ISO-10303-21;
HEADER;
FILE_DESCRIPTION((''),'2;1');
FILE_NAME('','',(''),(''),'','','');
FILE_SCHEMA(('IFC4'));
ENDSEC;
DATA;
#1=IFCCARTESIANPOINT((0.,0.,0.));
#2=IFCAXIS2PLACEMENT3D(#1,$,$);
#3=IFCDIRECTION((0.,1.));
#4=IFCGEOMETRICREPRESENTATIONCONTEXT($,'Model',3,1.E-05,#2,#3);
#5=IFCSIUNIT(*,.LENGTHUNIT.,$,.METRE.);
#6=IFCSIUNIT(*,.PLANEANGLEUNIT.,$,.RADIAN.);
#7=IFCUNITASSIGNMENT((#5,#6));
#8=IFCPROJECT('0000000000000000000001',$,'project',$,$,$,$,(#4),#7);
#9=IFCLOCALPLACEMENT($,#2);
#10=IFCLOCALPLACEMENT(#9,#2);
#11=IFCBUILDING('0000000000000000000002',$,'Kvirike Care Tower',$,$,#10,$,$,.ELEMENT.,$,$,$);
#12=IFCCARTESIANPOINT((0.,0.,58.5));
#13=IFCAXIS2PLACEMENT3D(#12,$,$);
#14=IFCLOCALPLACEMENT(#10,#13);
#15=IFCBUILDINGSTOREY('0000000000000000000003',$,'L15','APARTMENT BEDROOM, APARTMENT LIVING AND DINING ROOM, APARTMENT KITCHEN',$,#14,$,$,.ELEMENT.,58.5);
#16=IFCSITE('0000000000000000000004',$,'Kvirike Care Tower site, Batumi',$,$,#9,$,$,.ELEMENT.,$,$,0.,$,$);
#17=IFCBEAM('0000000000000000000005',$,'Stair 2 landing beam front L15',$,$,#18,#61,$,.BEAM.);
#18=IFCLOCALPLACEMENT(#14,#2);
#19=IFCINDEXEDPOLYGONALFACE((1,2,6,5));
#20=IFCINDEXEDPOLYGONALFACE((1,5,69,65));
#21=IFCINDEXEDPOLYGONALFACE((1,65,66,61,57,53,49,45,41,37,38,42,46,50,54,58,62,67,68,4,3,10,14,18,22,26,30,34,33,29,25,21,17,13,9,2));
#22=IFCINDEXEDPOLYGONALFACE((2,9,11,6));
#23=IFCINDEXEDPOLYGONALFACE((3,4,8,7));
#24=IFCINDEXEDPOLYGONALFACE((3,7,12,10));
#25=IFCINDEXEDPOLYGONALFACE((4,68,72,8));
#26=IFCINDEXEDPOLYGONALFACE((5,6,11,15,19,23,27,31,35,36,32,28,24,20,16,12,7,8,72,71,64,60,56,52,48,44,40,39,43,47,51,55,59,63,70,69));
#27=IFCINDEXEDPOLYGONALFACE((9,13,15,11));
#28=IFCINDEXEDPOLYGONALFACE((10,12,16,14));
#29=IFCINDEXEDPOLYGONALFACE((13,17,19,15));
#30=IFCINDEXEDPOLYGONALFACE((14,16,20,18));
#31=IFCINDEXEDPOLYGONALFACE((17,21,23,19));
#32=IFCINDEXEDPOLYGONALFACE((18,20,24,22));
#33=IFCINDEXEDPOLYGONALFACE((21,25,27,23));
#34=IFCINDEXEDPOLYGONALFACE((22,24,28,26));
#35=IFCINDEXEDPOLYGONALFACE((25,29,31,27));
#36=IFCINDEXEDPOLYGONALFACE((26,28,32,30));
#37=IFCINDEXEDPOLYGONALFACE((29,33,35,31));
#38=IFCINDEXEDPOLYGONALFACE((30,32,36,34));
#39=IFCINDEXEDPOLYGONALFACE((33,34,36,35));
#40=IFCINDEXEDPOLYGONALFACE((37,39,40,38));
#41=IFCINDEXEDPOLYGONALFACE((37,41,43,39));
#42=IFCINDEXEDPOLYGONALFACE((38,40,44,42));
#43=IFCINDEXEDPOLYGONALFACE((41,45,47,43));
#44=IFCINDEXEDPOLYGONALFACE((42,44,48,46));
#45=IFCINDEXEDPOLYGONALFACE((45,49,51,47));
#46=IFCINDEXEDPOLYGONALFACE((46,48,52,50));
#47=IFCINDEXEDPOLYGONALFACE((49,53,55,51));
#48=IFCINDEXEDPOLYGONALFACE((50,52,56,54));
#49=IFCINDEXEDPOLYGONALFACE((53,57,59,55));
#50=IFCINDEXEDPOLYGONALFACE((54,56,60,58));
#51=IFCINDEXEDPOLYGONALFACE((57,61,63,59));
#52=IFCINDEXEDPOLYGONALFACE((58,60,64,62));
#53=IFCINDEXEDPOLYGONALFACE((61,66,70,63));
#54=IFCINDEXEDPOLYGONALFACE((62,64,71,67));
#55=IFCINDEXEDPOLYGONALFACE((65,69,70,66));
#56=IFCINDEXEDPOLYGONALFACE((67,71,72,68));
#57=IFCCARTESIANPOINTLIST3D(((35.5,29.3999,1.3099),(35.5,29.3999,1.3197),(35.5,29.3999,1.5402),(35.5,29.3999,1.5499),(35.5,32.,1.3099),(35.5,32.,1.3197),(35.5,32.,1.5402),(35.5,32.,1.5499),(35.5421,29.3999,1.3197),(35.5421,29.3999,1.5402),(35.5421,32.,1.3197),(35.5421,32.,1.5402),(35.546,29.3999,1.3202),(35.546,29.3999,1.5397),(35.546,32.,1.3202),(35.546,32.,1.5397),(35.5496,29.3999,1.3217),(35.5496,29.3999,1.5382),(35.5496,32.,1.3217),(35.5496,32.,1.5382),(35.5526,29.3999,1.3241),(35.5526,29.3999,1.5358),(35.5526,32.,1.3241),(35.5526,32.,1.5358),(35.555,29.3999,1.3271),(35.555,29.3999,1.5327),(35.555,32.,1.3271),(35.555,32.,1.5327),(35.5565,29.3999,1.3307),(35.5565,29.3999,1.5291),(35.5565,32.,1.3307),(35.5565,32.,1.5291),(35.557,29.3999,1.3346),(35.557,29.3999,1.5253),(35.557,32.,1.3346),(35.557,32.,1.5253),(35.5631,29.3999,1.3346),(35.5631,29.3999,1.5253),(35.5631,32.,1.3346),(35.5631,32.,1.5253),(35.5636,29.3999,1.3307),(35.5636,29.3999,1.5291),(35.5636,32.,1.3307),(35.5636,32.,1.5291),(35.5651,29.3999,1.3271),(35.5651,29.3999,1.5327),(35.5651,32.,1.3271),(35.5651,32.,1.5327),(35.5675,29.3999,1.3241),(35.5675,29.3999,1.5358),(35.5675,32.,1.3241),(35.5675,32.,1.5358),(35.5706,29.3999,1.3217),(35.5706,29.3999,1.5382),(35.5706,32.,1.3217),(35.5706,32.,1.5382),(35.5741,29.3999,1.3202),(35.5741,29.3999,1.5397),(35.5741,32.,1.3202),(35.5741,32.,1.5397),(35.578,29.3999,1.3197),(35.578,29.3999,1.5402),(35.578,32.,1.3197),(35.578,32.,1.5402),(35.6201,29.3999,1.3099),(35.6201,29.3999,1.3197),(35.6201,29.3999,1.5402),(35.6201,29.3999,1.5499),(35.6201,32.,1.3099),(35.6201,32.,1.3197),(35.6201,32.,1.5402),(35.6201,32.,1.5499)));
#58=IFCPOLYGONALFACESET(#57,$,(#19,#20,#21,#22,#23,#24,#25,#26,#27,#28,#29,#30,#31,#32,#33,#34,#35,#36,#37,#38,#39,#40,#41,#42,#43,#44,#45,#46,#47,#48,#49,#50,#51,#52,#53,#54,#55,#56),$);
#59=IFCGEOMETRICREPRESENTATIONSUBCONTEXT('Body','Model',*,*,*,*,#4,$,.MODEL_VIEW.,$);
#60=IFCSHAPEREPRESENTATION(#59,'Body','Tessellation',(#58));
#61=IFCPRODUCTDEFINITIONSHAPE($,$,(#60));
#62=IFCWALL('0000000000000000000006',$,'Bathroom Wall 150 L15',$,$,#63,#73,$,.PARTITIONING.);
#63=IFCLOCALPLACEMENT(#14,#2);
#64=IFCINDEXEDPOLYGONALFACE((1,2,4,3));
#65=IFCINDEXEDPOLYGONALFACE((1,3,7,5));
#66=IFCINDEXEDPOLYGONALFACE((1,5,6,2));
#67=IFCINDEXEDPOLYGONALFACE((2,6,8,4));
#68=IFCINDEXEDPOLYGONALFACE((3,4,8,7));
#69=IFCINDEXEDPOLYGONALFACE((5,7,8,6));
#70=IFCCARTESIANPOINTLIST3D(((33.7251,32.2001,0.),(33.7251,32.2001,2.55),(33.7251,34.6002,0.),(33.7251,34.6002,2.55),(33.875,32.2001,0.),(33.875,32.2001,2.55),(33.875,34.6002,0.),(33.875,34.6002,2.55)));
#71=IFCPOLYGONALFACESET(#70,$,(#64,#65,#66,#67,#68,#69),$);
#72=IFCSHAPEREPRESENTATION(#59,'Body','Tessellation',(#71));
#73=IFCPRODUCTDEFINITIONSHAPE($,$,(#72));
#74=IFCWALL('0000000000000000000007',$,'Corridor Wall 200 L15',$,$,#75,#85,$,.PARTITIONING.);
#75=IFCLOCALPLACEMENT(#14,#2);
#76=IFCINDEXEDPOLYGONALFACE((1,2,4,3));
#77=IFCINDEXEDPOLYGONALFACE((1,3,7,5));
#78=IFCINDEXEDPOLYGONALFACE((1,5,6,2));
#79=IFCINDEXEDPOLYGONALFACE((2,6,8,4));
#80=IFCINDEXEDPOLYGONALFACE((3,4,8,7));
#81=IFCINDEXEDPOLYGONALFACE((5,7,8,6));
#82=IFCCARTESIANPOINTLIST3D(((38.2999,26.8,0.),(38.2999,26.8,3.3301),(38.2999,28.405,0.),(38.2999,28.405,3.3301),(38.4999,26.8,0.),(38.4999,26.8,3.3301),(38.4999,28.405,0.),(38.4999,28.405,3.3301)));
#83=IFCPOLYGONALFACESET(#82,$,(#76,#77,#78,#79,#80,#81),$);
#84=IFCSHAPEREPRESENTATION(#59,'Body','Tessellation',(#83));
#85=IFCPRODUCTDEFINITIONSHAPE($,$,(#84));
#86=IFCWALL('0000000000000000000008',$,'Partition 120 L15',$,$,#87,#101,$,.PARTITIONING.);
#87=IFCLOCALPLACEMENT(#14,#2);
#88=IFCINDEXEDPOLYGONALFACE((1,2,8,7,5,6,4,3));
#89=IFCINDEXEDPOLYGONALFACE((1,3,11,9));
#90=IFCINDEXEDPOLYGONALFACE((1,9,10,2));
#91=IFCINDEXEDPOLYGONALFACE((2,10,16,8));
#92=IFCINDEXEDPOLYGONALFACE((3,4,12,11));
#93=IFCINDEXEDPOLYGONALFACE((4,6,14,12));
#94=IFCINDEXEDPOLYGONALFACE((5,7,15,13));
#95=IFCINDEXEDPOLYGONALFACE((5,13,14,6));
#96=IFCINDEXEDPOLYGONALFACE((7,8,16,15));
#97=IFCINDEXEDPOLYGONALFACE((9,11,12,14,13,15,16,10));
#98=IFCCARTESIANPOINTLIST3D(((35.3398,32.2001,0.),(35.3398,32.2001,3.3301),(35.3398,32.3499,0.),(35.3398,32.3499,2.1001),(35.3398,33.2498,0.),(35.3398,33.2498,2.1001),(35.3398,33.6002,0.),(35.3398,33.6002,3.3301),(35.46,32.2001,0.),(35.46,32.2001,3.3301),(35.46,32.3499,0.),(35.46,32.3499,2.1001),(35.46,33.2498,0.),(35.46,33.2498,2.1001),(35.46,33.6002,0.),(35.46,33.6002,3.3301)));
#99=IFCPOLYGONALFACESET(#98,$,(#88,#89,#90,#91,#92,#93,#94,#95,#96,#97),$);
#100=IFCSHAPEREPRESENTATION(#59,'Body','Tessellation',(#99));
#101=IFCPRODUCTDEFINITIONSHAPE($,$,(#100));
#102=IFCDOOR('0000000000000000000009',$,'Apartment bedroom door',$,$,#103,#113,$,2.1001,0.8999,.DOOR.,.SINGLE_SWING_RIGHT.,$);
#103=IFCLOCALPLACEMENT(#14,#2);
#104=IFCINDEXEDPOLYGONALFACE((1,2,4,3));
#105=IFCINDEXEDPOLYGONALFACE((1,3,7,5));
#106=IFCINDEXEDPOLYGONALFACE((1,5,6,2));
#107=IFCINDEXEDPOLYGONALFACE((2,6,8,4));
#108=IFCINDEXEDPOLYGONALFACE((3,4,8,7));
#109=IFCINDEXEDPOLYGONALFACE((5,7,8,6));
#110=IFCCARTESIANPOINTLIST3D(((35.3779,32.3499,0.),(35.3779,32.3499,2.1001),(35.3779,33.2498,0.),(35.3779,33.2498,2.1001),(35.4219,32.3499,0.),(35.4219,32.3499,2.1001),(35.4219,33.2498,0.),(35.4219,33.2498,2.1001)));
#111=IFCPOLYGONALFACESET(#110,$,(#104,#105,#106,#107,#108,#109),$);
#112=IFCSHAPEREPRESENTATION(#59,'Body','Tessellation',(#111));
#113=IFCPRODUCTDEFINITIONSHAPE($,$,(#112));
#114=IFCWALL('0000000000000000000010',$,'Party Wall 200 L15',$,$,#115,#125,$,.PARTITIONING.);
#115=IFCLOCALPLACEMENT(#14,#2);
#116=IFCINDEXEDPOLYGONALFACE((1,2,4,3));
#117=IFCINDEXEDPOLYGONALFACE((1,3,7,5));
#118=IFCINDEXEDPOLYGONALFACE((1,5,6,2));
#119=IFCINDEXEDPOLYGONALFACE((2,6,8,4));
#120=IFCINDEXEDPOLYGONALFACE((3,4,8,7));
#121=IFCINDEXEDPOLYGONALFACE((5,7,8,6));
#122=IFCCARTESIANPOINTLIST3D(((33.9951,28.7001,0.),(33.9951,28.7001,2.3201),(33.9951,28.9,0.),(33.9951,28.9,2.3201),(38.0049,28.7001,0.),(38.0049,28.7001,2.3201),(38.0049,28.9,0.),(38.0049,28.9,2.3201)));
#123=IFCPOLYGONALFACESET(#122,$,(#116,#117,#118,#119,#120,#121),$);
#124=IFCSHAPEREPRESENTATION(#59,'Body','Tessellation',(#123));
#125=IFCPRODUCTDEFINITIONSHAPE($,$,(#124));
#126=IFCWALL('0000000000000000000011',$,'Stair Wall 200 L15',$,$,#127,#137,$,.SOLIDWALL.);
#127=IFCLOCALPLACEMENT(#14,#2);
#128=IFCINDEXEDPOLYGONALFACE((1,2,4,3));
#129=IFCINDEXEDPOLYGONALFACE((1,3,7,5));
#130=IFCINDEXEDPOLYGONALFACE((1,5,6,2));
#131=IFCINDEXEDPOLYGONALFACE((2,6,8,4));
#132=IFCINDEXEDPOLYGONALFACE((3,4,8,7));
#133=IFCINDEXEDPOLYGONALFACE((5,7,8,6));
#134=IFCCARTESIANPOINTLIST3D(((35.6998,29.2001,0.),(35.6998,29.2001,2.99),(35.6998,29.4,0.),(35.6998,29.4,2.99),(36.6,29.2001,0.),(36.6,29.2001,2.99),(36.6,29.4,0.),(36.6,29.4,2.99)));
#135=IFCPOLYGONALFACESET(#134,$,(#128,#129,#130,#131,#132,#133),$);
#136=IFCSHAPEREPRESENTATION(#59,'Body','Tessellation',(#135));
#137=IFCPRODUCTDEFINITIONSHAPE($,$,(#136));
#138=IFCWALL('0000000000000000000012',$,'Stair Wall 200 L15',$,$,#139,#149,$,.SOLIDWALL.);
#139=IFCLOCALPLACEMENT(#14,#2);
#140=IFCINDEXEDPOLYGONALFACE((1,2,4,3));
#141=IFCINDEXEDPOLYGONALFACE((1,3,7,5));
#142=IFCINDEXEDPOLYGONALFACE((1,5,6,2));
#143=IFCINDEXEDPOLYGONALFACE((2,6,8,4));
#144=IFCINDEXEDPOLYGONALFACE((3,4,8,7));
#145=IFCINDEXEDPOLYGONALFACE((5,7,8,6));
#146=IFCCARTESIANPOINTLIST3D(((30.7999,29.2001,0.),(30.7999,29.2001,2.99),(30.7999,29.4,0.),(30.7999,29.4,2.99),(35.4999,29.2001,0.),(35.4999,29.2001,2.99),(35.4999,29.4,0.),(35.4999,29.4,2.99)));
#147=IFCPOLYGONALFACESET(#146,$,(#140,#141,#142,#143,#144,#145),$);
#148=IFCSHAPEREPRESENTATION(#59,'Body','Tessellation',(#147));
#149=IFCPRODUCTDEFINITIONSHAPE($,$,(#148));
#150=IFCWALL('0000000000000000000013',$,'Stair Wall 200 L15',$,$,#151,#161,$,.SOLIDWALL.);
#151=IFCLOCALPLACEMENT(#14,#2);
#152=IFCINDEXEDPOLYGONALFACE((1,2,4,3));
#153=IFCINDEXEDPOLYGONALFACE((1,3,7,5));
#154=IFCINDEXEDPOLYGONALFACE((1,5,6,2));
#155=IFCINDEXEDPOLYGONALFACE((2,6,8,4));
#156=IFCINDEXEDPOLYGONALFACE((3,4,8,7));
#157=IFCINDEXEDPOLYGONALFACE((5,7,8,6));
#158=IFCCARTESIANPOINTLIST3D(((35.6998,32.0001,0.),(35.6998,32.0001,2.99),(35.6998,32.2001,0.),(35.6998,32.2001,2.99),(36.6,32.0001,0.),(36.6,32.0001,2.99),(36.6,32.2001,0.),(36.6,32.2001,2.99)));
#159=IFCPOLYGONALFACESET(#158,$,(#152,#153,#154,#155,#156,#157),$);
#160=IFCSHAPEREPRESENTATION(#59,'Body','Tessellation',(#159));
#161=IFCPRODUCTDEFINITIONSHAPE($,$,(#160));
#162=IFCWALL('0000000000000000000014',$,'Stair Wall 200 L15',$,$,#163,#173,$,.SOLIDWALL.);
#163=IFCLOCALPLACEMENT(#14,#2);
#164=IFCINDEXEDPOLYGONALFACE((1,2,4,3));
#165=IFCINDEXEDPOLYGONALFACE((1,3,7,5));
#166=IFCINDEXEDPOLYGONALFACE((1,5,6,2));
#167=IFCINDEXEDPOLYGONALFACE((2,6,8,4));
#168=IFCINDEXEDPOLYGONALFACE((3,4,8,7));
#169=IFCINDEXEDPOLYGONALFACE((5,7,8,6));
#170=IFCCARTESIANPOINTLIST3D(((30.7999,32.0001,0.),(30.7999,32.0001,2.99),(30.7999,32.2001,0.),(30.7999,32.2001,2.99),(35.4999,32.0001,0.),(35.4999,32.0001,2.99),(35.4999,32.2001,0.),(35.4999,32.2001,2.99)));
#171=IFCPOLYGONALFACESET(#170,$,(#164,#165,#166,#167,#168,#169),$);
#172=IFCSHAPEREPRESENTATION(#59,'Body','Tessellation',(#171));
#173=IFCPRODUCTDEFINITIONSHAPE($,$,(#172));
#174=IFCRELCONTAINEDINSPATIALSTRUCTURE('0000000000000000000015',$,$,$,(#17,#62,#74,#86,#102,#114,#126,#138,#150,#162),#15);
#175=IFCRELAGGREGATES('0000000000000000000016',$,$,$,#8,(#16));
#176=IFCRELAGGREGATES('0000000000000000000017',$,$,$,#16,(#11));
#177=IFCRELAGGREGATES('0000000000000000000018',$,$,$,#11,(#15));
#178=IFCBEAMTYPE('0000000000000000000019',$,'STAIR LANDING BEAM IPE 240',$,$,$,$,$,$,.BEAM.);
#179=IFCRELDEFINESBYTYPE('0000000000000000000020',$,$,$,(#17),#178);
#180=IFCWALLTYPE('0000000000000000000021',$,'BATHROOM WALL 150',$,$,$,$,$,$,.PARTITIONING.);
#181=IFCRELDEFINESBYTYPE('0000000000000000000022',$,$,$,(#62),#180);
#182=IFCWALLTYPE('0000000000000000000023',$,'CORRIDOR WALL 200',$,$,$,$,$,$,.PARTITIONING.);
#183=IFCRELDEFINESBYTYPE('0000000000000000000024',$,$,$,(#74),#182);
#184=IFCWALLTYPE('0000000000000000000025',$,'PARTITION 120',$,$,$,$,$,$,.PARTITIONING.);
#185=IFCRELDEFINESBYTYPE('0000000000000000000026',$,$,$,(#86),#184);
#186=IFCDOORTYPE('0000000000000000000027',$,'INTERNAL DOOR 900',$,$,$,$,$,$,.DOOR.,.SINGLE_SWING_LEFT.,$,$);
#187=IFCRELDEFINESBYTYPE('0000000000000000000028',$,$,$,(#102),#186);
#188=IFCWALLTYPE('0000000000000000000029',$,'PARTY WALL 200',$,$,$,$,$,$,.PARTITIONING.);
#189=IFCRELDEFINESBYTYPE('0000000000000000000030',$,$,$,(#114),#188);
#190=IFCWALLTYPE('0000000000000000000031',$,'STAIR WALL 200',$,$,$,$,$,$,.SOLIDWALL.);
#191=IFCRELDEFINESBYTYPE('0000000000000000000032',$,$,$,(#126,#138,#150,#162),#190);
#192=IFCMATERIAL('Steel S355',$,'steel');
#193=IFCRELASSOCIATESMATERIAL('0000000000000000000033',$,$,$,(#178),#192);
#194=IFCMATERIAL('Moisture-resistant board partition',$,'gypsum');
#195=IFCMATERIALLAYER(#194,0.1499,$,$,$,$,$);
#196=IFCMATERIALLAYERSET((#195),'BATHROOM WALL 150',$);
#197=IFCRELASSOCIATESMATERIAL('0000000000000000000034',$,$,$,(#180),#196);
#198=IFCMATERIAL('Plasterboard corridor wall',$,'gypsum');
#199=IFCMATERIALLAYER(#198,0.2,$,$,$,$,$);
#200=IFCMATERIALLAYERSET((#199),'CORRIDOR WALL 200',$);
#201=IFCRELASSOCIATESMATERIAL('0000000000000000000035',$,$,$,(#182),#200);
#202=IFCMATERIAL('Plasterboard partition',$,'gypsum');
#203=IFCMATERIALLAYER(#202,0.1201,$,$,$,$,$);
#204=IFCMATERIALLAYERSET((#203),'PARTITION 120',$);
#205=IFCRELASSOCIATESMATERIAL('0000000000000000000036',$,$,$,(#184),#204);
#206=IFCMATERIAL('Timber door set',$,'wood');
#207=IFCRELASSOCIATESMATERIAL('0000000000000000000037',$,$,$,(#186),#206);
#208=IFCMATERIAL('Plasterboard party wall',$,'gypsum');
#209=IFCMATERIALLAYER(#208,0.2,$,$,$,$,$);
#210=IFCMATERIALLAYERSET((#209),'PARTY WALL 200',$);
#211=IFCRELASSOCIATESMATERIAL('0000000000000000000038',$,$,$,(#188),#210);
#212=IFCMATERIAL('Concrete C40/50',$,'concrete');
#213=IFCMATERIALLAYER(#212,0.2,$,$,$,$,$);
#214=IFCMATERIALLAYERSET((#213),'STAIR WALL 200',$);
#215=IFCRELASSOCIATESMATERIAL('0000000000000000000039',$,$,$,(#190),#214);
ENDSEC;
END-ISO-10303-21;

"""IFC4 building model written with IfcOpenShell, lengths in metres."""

from ifc_helpers import new_model, si_unit, direction, frame, frame_2d, origin, origin_2d, place, context, subcontext, project, spatial, rectangle, i_section, extrude, material, layer, layer_set, material_profile, profile_set, type_object, element, fill, save


model = new_model("IFC4")

# Units and contexts
model_context = context("Model", 3, precision=1e-05, world=origin(), true_north=direction((0.0, 1.0)))
body_context = subcontext(model_context, "Body", "Model", "MODEL_VIEW")
ifc_project = project(units=[si_unit("LENGTHUNIT", "METRE"), si_unit("PLANEANGLEUNIT", "RADIAN")], contexts=[model_context])

# Site, building, storey
site_placement = place(None, origin())
site = spatial("IfcSite", under=ifc_project, at=site_placement, Name="Kvirike Care Tower site, Batumi", CompositionType="ELEMENT", RefElevation=0.0)
building_placement = place(site_placement, origin())
building = spatial("IfcBuilding", under=site, at=building_placement, Name="Kvirike Care Tower", CompositionType="ELEMENT")
storey_placement = place(building_placement, frame((0.0, 0.0, 58.5)))
storey = spatial("IfcBuildingStorey", under=building, at=storey_placement, Name="L15", Description="APARTMENT BEDROOM, APARTMENT LIVING AND DINING ROOM, APARTMENT KITCHEN", CompositionType="ELEMENT", Elevation=58.5)

# Beam
ifc_material_1 = material(Name="Steel S355", Category="steel")
ifc_material_profile_1 = material_profile(ifc_material_1, i_section(OverallWidth=0.1201, OverallDepth=0.24, WebThickness=0.0061, FlangeThickness=0.0098, FilletRadius=0.0149, at=origin_2d()), Name="IPE 240")
ifc_profile_set_1 = profile_set([ifc_material_profile_1], Name="Steel S355")
beam_type_1 = type_object("IfcBeamType", Name="STAIR LANDING BEAM IPE 240", PredefinedType="BEAM", material=ifc_profile_set_1)
for number, where, z_axis, x_axis, name in (
    (1, (35.5601, 29.3999, 1.4299), (0.0, 1.0, 0.0), (-1.0, 0.0, 0.0), "Stair 2 landing beam front L15"),
):
    element("IfcBeam", number, at=place(storey_placement, frame(where, z_axis=z_axis, x_axis=x_axis)), inside=storey, type_object=beam_type_1, Name=name, PredefinedType="BEAM", context=body_context, shape_type="SweptSolid", body=[
        extrude(i_section(OverallWidth=0.1201, OverallDepth=0.24, WebThickness=0.0061, FlangeThickness=0.0098, FilletRadius=0.0149, at=origin_2d()), origin(), (0.0, 0.0, 1.0), 2.6001),
    ])

# Walls
ifc_material_2 = material(Name="Moisture-resistant board partition", Category="gypsum")
ifc_layer_1 = layer(ifc_material_2, 0.1499)
ifc_layer_set_1 = layer_set([ifc_layer_1], Name="BATHROOM WALL 150")
wall_type_1 = type_object("IfcWallType", Name="BATHROOM WALL 150", PredefinedType="PARTITIONING", material=ifc_layer_set_1)
wall_1_placement = place(storey_placement, frame((33.8, 32.2, 0.0), z_axis=(0.0, 0.0, 1.0), x_axis=(0.0, 1.0, 0.0)))
element("IfcWall", 2, at=wall_1_placement, inside=storey, type_object=wall_type_1, Name="Bathroom Wall 150 L15", PredefinedType="PARTITIONING", context=body_context, shape_type="SweptSolid", body=[
    extrude(rectangle(XDim=2.4001, YDim=0.1499, at=frame_2d((1.2002, 0.0))), origin(), (0.0, 0.0, 1.0), 2.55),
])
ifc_material_3 = material(Name="Plasterboard corridor wall", Category="gypsum")
ifc_layer_2 = layer(ifc_material_3, 0.2)
ifc_layer_set_2 = layer_set([ifc_layer_2], Name="CORRIDOR WALL 200")
wall_type_2 = type_object("IfcWallType", Name="CORRIDOR WALL 200", PredefinedType="PARTITIONING", material=ifc_layer_set_2)
wall_2_placement = place(storey_placement, frame((38.3999, 26.8, 0.0), z_axis=(0.0, 0.0, 1.0), x_axis=(0.0, 1.0, 0.0)))
element("IfcWall", 3, at=wall_2_placement, inside=storey, type_object=wall_type_2, Name="Corridor Wall 200 L15", PredefinedType="PARTITIONING", context=body_context, shape_type="SweptSolid", body=[
    extrude(rectangle(XDim=1.605, YDim=0.2, at=frame_2d((0.8025, 0.0))), origin(), (0.0, 0.0, 1.0), 3.3301),
])

# Wall, opening, door
ifc_material_4 = material(Name="Plasterboard partition", Category="gypsum")
ifc_layer_3 = layer(ifc_material_4, 0.1201)
ifc_layer_set_3 = layer_set([ifc_layer_3], Name="PARTITION 120")
wall_type_3 = type_object("IfcWallType", Name="PARTITION 120", PredefinedType="PARTITIONING", material=ifc_layer_set_3)
wall_3_placement = place(storey_placement, frame((35.3999, 32.2, 0.0), z_axis=(0.0, 0.0, 1.0), x_axis=(0.0, 1.0, 0.0)))
wall_3 = element("IfcWall", 4, at=wall_3_placement, inside=storey, type_object=wall_type_3, Name="Partition 120 L15", PredefinedType="PARTITIONING", context=body_context, shape_type="SweptSolid", body=[
    extrude(rectangle(XDim=1.4001, YDim=0.1201, at=frame_2d((0.7002, 0.0))), origin(), (0.0, 0.0, 1.0), 3.3301),
])
opening_placement = place(wall_3_placement, frame((0.1499, 0.0, 0.0)))
opening = element("IfcOpeningElement", 5, at=opening_placement, cuts=wall_3, PredefinedType="OPENING", context=body_context, shape_type="SweptSolid", body=[
    extrude(rectangle(XDim=0.8999, YDim=2.1001, at=frame_2d((0.45, 1.05))), frame((0.0, 0.0706, 0.0), z_axis=(0.0, -1.0, 0.0), x_axis=(1.0, 0.0, 0.0)), (0.0, 0.0, 1.0), 0.1411),
])
ifc_material_5 = material(Name="Timber door set", Category="wood")
door_type = type_object("IfcDoorType", Name="INTERNAL DOOR 900", OperationType="SINGLE_SWING_LEFT", PredefinedType="DOOR", material=ifc_material_5)
door_placement = place(opening_placement, origin())
door = element("IfcDoor", 6, at=door_placement, inside=storey, type_object=door_type, Name="Apartment bedroom door", OperationType="SINGLE_SWING_RIGHT", OverallHeight=2.1001, OverallWidth=0.8999, PredefinedType="DOOR", context=body_context, shape_type="SweptSolid", body=[
    extrude(rectangle(XDim=0.8999, YDim=2.1001, at=frame_2d((0.45, 1.05))), frame((0.0, 0.022, 0.0), z_axis=(0.0, -1.0, 0.0), x_axis=(1.0, 0.0, 0.0)), (0.0, 0.0, 1.0), 0.0439),
])
fill(opening, door)

# Walls
ifc_material_6 = material(Name="Plasterboard party wall", Category="gypsum")
ifc_layer_4 = layer(ifc_material_6, 0.2)
ifc_layer_set_4 = layer_set([ifc_layer_4], Name="PARTY WALL 200")
wall_type_4 = type_object("IfcWallType", Name="PARTY WALL 200", PredefinedType="PARTITIONING", material=ifc_layer_set_4)
wall_4_placement = place(storey_placement, frame((38.0049, 28.8, 0.0), z_axis=(0.0, 0.0, 1.0), x_axis=(-1.0, 0.0, 0.0)))
element("IfcWall", 7, at=wall_4_placement, inside=storey, type_object=wall_type_4, Name="Party Wall 200 L15", PredefinedType="PARTITIONING", context=body_context, shape_type="SweptSolid", body=[
    extrude(rectangle(XDim=4.0098, YDim=0.2, at=frame_2d((2.0049, 0.0))), origin(), (0.0, 0.0, 1.0), 2.3201),
])
ifc_material_7 = material(Name="Concrete C40/50", Category="concrete")
ifc_layer_5 = layer(ifc_material_7, 0.2)
ifc_layer_set_5 = layer_set([ifc_layer_5], Name="STAIR WALL 200")
wall_type_5 = type_object("IfcWallType", Name="STAIR WALL 200", PredefinedType="SOLIDWALL", material=ifc_layer_set_5)
wall_5_placement = place(storey_placement, frame((36.6001, 29.3, 0.0), z_axis=(0.0, 0.0, 1.0), x_axis=(-1.0, 0.0, 0.0)))
element("IfcWall", 8, at=wall_5_placement, inside=storey, type_object=wall_type_5, Name="Stair Wall 200 L15", PredefinedType="SOLIDWALL", context=body_context, shape_type="SweptSolid", body=[
    extrude(rectangle(XDim=0.9001, YDim=0.2, at=frame_2d((0.4502, 0.0))), origin(), (0.0, 0.0, 1.0), 2.99),
])
wall_6_placement = place(storey_placement, frame((35.5, 29.3, 0.0), z_axis=(0.0, 0.0, 1.0), x_axis=(-1.0, 0.0, 0.0)))
element("IfcWall", 9, at=wall_6_placement, inside=storey, type_object=wall_type_5, Name="Stair Wall 200 L15", PredefinedType="SOLIDWALL", context=body_context, shape_type="SweptSolid", body=[
    extrude(rectangle(XDim=4.7, YDim=0.2, at=frame_2d((2.3501, 0.0))), origin(), (0.0, 0.0, 1.0), 2.99),
])
wall_7_placement = place(storey_placement, frame((36.6001, 32.1001, 0.0), z_axis=(0.0, 0.0, 1.0), x_axis=(-1.0, 0.0, 0.0)))
element("IfcWall", 10, at=wall_7_placement, inside=storey, type_object=wall_type_5, Name="Stair Wall 200 L15", PredefinedType="SOLIDWALL", context=body_context, shape_type="SweptSolid", body=[
    extrude(rectangle(XDim=0.9001, YDim=0.2, at=frame_2d((0.4502, 0.0))), origin(), (0.0, 0.0, 1.0), 2.99),
])
wall_8_placement = place(storey_placement, frame((35.5, 32.1001, 0.0), z_axis=(0.0, 0.0, 1.0), x_axis=(-1.0, 0.0, 0.0)))
element("IfcWall", 11, at=wall_8_placement, inside=storey, type_object=wall_type_5, Name="Stair Wall 200 L15", PredefinedType="SOLIDWALL", context=body_context, shape_type="SweptSolid", body=[
    extrude(rectangle(XDim=4.7, YDim=0.2, at=frame_2d((2.3501, 0.0))), origin(), (0.0, 0.0, 1.0), 2.99),
])

save(model, "model.ifc")
